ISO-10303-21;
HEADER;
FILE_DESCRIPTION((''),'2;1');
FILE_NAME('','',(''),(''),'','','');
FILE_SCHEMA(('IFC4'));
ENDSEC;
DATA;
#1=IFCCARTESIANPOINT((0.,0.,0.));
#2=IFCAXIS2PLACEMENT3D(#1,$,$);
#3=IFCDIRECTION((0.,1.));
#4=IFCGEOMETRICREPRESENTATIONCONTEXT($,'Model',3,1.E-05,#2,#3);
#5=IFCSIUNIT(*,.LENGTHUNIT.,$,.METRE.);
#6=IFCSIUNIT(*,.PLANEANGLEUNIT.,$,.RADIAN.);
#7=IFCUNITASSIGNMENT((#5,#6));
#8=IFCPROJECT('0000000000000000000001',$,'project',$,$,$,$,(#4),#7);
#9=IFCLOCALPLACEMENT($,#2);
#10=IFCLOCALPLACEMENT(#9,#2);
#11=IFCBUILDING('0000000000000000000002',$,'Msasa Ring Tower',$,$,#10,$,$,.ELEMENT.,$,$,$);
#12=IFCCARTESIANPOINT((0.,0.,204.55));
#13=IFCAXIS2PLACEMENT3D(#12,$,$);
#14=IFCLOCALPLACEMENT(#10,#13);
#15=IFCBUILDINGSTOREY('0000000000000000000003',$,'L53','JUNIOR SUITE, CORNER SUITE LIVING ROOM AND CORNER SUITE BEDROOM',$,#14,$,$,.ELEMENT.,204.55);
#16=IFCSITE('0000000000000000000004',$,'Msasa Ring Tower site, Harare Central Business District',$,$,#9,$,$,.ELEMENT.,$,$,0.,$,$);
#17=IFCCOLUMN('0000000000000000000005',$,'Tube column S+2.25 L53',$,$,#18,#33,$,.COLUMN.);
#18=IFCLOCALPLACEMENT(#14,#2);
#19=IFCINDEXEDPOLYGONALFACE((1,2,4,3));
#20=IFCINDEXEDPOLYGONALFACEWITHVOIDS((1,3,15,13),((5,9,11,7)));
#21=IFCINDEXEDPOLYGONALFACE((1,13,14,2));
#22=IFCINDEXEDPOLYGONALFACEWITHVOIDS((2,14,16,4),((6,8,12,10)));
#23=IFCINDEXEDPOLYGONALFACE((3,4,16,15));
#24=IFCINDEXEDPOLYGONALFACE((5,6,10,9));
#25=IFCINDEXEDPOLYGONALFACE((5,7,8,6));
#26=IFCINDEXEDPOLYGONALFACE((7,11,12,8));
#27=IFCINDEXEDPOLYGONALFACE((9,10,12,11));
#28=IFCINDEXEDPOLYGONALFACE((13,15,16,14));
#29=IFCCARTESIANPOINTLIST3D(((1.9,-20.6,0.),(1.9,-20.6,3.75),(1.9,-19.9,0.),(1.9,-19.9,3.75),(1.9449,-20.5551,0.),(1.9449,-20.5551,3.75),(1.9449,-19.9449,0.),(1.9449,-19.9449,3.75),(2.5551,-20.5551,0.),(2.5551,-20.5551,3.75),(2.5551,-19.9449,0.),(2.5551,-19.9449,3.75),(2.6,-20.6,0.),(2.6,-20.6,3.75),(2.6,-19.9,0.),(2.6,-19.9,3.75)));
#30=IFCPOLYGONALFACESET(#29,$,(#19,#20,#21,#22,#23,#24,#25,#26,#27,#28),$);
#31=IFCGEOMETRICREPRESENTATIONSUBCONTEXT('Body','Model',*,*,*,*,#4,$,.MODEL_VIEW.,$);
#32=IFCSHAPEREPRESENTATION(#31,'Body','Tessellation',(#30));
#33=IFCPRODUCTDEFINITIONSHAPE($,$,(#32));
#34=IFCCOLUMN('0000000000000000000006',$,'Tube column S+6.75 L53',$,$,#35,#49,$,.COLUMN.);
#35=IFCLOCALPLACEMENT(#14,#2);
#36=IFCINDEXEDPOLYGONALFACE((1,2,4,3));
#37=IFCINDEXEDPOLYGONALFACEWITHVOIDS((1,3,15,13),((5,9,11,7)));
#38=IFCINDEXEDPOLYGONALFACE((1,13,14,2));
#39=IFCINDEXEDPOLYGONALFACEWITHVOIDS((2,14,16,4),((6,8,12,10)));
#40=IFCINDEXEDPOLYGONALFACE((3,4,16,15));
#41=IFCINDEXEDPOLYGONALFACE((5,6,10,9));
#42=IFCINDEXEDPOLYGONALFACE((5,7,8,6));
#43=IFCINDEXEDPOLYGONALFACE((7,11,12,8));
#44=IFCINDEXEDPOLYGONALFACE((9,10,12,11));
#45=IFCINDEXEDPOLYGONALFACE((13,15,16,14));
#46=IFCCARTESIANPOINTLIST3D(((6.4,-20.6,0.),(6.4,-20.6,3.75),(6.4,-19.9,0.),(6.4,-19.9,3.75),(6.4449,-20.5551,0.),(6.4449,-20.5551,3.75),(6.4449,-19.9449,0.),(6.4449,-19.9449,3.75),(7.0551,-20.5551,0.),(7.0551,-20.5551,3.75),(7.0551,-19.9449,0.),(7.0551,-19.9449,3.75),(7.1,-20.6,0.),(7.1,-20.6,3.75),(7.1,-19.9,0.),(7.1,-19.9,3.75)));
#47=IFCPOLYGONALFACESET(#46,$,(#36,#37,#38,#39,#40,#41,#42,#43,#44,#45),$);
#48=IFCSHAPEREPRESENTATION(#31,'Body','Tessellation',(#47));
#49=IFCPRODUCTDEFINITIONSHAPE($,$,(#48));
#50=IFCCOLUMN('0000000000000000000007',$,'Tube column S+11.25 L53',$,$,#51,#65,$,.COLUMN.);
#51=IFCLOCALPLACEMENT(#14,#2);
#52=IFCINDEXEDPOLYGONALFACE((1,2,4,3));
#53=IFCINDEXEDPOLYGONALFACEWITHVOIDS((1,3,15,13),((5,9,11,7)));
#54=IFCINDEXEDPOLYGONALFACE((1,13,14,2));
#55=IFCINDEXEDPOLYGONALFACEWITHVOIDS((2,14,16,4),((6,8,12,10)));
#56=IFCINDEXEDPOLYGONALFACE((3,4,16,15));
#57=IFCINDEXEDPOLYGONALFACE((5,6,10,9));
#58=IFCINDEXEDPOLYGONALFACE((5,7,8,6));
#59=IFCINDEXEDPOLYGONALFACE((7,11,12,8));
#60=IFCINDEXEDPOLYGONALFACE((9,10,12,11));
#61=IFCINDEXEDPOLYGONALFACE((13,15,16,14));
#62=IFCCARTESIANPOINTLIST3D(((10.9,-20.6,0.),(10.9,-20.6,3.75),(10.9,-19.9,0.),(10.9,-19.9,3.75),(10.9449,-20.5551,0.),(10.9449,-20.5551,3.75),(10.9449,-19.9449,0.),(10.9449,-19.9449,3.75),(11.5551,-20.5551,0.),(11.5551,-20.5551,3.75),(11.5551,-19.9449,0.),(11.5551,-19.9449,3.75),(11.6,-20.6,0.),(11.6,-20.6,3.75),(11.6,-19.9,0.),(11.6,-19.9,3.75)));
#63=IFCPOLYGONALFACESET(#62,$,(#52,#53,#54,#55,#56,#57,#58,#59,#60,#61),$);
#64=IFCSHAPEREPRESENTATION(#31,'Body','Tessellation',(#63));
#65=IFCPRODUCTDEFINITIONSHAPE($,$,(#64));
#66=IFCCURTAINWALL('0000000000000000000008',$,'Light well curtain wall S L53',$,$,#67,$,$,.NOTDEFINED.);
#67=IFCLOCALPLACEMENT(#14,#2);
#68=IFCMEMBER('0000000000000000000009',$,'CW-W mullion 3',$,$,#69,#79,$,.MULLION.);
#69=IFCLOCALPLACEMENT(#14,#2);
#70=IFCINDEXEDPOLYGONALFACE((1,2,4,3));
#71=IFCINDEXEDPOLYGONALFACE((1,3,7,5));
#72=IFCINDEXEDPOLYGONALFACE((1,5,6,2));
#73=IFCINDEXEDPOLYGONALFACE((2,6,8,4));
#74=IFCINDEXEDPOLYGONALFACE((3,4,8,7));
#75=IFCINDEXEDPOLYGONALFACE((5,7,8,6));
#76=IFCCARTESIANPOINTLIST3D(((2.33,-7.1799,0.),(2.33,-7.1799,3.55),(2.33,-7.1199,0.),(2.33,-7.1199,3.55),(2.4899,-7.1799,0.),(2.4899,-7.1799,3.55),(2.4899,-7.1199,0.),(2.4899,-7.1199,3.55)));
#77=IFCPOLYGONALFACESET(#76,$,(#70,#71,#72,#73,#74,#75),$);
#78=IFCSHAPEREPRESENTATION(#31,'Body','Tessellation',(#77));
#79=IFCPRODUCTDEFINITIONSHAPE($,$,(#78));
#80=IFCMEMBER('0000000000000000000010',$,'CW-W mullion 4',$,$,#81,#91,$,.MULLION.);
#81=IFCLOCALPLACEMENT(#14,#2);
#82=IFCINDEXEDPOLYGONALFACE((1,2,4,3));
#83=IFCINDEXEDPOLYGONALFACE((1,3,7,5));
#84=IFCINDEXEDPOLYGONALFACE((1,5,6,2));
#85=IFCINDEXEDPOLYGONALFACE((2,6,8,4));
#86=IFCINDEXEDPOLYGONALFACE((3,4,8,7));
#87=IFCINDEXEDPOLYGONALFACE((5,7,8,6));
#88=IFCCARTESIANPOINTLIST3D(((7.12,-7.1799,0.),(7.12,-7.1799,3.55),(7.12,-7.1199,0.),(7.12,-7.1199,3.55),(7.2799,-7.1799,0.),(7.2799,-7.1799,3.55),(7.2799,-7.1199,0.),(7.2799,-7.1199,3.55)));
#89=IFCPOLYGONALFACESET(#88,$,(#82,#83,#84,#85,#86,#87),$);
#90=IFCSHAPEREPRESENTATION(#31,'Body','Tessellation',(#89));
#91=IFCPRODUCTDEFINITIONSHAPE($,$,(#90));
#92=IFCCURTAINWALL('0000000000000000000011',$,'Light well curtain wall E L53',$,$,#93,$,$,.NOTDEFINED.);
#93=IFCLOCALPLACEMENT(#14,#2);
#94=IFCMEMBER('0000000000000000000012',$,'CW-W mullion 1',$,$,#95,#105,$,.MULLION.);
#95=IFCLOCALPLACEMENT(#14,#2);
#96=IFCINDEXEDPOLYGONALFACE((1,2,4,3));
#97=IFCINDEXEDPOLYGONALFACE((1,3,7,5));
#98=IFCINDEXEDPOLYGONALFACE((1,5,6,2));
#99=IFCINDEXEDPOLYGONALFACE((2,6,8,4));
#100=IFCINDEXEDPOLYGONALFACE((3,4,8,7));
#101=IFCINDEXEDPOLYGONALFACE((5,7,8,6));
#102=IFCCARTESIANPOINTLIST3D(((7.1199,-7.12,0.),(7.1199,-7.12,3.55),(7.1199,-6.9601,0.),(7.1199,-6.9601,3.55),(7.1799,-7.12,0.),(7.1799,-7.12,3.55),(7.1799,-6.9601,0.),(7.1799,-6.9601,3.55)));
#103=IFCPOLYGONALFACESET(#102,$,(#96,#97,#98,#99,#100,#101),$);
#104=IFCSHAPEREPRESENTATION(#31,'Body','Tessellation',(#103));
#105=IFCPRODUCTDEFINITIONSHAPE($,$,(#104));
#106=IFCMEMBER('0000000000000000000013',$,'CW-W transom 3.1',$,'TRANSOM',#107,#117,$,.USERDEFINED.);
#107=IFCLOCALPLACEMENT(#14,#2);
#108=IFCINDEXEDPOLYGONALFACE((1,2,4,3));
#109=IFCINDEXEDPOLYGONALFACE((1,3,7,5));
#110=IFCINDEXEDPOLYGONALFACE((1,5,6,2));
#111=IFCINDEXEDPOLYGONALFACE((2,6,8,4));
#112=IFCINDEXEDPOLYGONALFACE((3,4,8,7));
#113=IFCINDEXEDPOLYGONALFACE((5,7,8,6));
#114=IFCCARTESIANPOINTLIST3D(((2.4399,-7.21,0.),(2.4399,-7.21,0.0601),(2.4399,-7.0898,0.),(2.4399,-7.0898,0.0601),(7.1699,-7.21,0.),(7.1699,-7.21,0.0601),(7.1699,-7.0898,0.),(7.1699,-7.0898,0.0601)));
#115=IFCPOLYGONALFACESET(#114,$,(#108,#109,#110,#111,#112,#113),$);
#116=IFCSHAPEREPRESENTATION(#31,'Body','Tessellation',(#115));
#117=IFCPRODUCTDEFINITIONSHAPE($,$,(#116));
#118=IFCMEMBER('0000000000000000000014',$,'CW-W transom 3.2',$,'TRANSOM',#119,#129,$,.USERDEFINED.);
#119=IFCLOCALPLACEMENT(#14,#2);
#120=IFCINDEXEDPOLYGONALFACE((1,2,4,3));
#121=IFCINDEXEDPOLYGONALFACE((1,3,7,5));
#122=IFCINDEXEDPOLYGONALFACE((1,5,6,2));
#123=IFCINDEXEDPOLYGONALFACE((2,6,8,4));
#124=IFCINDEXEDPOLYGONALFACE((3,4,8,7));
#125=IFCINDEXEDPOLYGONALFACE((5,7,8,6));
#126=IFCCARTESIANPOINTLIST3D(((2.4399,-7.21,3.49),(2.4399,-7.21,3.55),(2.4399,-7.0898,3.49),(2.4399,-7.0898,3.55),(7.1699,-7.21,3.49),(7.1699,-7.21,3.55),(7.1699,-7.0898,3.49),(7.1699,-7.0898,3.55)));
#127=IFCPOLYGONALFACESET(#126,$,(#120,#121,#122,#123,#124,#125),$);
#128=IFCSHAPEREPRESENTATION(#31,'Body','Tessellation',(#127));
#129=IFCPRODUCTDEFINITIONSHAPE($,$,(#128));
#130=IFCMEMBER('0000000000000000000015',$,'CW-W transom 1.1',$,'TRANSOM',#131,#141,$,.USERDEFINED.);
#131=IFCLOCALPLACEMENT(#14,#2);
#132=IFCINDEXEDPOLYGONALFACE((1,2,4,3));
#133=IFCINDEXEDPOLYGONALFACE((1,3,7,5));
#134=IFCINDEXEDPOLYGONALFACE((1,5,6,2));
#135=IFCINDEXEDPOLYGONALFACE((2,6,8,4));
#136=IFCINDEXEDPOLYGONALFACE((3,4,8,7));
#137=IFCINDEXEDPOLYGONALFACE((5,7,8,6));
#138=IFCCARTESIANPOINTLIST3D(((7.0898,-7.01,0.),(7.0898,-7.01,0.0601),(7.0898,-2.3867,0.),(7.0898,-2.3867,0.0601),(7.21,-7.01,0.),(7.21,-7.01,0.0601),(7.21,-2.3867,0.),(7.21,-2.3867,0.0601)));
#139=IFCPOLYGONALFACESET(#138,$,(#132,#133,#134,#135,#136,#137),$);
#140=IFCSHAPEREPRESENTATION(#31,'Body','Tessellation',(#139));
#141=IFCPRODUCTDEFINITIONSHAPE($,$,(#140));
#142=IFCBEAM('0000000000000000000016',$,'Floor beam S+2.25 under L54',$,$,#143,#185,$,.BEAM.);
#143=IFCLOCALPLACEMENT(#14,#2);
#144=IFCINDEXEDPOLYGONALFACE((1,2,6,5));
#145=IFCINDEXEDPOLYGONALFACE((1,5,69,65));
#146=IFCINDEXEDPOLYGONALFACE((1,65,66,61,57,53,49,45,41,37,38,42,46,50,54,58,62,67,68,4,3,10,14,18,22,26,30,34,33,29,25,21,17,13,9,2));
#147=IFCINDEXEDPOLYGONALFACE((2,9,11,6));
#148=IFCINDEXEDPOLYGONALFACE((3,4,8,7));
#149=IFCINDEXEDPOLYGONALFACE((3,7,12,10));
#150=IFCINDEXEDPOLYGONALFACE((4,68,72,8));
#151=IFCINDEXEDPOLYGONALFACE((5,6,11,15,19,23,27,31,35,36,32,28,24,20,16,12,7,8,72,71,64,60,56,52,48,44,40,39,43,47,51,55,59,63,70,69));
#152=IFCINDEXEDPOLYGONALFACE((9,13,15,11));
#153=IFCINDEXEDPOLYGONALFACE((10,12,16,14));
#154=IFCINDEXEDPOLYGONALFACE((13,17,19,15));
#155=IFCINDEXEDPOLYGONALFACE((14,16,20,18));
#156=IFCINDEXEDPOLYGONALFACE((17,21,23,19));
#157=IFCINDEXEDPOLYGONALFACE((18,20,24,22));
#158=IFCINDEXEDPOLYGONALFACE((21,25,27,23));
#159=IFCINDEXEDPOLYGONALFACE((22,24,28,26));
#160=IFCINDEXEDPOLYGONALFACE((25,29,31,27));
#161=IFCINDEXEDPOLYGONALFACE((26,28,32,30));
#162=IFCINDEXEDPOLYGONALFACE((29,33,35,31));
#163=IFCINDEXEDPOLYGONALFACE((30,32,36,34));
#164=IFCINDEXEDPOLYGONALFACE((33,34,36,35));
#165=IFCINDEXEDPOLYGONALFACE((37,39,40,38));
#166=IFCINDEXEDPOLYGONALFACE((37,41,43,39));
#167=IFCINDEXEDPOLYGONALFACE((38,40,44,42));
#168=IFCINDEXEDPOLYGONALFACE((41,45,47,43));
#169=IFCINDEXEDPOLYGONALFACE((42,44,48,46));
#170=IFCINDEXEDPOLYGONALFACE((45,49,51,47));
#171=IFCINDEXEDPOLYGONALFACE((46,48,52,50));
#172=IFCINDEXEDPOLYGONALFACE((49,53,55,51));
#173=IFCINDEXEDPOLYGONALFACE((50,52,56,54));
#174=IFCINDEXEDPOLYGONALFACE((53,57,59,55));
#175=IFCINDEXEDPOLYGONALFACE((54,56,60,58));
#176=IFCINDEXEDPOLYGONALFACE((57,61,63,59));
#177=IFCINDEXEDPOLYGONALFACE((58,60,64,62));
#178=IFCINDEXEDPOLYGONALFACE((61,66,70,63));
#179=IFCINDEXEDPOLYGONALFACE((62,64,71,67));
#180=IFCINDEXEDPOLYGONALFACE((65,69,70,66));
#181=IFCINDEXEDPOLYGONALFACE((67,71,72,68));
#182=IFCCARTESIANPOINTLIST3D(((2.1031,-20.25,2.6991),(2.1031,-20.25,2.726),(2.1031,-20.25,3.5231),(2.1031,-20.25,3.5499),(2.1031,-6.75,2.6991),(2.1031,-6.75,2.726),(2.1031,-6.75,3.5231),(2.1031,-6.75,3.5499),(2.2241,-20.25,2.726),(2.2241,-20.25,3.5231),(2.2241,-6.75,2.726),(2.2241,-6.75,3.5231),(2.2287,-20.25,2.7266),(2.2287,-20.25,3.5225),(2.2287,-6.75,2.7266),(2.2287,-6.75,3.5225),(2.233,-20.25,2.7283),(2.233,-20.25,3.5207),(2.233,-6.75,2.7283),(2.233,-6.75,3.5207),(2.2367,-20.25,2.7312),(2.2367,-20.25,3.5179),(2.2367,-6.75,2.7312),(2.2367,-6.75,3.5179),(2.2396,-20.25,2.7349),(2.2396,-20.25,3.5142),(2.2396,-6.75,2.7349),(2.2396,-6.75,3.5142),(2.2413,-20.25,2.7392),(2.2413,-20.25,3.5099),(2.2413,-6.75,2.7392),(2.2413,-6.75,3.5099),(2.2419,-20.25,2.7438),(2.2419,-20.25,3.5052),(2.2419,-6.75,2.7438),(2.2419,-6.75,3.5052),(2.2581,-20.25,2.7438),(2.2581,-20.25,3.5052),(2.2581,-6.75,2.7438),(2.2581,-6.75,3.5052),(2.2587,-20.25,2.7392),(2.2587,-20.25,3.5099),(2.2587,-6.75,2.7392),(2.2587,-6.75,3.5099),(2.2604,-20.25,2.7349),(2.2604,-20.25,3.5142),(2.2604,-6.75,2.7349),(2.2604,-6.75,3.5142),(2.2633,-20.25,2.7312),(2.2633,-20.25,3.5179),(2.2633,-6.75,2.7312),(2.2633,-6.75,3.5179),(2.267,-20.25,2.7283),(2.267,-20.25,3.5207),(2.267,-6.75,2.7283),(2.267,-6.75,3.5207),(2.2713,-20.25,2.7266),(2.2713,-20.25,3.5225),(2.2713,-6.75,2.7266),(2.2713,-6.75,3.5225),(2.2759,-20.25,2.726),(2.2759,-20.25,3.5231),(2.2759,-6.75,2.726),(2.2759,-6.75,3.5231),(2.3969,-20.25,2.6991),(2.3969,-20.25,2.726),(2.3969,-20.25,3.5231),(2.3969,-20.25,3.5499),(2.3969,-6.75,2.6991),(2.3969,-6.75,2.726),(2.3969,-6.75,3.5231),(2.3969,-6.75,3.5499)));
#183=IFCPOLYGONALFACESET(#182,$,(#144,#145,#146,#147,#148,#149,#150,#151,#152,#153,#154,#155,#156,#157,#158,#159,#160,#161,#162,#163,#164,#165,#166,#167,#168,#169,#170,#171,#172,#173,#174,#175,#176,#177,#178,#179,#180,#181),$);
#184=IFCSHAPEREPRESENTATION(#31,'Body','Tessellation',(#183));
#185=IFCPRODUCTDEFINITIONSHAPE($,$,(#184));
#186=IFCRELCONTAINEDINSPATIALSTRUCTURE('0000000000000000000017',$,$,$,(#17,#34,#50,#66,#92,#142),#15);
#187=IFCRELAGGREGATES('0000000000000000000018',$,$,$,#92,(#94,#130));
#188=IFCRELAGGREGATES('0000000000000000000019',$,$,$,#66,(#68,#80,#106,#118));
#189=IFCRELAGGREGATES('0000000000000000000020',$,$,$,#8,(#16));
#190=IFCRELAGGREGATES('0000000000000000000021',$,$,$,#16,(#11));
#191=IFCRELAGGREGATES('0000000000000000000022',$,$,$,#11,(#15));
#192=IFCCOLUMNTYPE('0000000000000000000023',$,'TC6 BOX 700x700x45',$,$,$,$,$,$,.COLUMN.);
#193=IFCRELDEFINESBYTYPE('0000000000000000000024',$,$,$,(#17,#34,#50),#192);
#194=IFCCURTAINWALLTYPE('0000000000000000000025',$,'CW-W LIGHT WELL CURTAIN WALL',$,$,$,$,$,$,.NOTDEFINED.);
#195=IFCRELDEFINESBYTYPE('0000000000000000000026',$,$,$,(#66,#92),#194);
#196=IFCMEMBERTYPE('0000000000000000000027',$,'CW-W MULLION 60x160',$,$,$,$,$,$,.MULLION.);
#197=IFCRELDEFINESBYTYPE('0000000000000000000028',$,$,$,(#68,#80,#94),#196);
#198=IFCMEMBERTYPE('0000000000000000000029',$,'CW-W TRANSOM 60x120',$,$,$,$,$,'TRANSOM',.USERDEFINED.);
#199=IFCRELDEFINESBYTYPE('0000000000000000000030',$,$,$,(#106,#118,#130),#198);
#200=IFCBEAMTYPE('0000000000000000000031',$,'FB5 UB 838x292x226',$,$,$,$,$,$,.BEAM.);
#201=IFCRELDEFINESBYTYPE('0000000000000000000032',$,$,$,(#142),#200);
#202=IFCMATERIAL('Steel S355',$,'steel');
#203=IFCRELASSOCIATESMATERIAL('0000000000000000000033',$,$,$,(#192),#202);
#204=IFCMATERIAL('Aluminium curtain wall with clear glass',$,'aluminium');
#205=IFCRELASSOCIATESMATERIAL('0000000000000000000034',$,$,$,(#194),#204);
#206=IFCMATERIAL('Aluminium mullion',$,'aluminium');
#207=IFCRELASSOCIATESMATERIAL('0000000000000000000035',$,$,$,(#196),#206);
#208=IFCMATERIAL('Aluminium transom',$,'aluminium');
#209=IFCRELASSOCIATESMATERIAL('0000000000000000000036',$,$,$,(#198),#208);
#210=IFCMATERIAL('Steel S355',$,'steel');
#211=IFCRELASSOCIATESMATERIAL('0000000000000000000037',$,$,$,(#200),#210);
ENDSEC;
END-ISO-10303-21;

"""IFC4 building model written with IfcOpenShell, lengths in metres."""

from ifc_helpers import new_model, si_unit, direction, frame, origin, origin_2d, place, context, subcontext, project, spatial, rectangle, hollow_rectangle, i_section, extrude, material, material_profile, profile_set, type_object, element, aggregate, save


model = new_model("IFC4")

# Units and contexts
model_context = context("Model", 3, precision=1e-05, world=origin(), true_north=direction((0.0, 1.0)))
body_context = subcontext(model_context, "Body", "Model", "MODEL_VIEW")
ifc_project = project(units=[si_unit("LENGTHUNIT", "METRE"), si_unit("PLANEANGLEUNIT", "RADIAN")], contexts=[model_context])

# Site, building, storey
site_placement = place(None, origin())
site = spatial("IfcSite", under=ifc_project, at=site_placement, Name="Msasa Ring Tower site, Harare Central Business District", CompositionType="ELEMENT", RefElevation=0.0)
building_placement = place(site_placement, origin())
building = spatial("IfcBuilding", under=site, at=building_placement, Name="Msasa Ring Tower", CompositionType="ELEMENT")
storey_placement = place(building_placement, frame((0.0, 0.0, 204.55)))
storey = spatial("IfcBuildingStorey", under=building, at=storey_placement, Name="L53", Description="JUNIOR SUITE, CORNER SUITE LIVING ROOM AND CORNER SUITE BEDROOM", CompositionType="ELEMENT", Elevation=204.55)

# Columns
ifc_material_1 = material(Name="Steel S355", Category="steel")
ifc_material_profile_1 = material_profile(ifc_material_1, hollow_rectangle(XDim=0.7, YDim=0.7, WallThickness=0.0449, at=origin_2d()), Name="BOX 700x700x45")
ifc_profile_set_1 = profile_set([ifc_material_profile_1], Name="Steel S355")
column_type = type_object("IfcColumnType", Name="TC6 BOX 700x700x45", PredefinedType="COLUMN", material=ifc_profile_set_1)
for number, where, z_axis, x_axis, name in (
    (1, (2.25, -20.25, 0.0), (0.0, 0.0, 1.0), (0.0, 1.0, 0.0), "Tube column S+2.25 L53"),
    (2, (6.75, -20.25, 0.0), (0.0, 0.0, 1.0), (0.0, 1.0, 0.0), "Tube column S+6.75 L53"),
    (3, (11.25, -20.25, 0.0), (0.0, 0.0, 1.0), (0.0, 1.0, 0.0), "Tube column S+11.25 L53"),
):
    element("IfcColumn", number, at=place(storey_placement, frame(where, z_axis=z_axis, x_axis=x_axis)), inside=storey, type_object=column_type, Name=name, PredefinedType="COLUMN", context=body_context, shape_type="SweptSolid", body=[
        extrude(hollow_rectangle(XDim=0.7, YDim=0.7, WallThickness=0.0449, at=origin_2d()), origin(), (0.0, 0.0, 1.0), 3.75),
    ])

# Curtain wall, members
ifc_material_2 = material(Name="Aluminium curtain wall with clear glass", Category="aluminium")
curtain_wall_type = type_object("IfcCurtainWallType", Name="CW-W LIGHT WELL CURTAIN WALL", PredefinedType="NOTDEFINED", material=ifc_material_2)
curtain_wall_1_placement = place(storey_placement, origin())
curtain_wall_1 = element("IfcCurtainWall", 4, at=curtain_wall_1_placement, inside=storey, type_object=curtain_wall_type, Name="Light well curtain wall S L53", PredefinedType="NOTDEFINED")
ifc_material_3 = material(Name="Aluminium mullion", Category="aluminium")
ifc_material_profile_2 = material_profile(ifc_material_3, rectangle(XDim=0.0601, YDim=0.1599, at=origin_2d()), Name="AL 60x160")
ifc_profile_set_2 = profile_set([ifc_material_profile_2], Name="Aluminium mullion")
member_type_1 = type_object("IfcMemberType", Name="CW-W MULLION 60x160", PredefinedType="MULLION", material=ifc_profile_set_2)
member_1_placement = place(storey_placement, frame((2.4099, -7.1499, 0.0), z_axis=(0.0, 0.0, 1.0), x_axis=(0.0, 1.0, 0.0)))
member_1 = element("IfcMember", 5, at=member_1_placement, type_object=member_type_1, Name="CW-W mullion 3", PredefinedType="MULLION", context=body_context, shape_type="SweptSolid", body=[
    extrude(rectangle(XDim=0.0601, YDim=0.1599, at=origin_2d()), origin(), (0.0, 0.0, 1.0), 3.55),
])
member_2_placement = place(storey_placement, frame((7.2, -7.1499, 0.0), z_axis=(0.0, 0.0, 1.0), x_axis=(0.0, 1.0, 0.0)))
member_2 = element("IfcMember", 6, at=member_2_placement, type_object=member_type_1, Name="CW-W mullion 4", PredefinedType="MULLION", context=body_context, shape_type="SweptSolid", body=[
    extrude(rectangle(XDim=0.0601, YDim=0.1599, at=origin_2d()), origin(), (0.0, 0.0, 1.0), 3.55),
])

# Curtain wall, member
curtain_wall_2_placement = place(storey_placement, origin())
curtain_wall_2 = element("IfcCurtainWall", 7, at=curtain_wall_2_placement, inside=storey, type_object=curtain_wall_type, Name="Light well curtain wall E L53", PredefinedType="NOTDEFINED")
member_3_placement = place(storey_placement, frame((7.1499, -7.04, 0.0), z_axis=(0.0, 0.0, 1.0), x_axis=(-1.0, 0.0, 0.0)))
member_3 = element("IfcMember", 8, at=member_3_placement, type_object=member_type_1, Name="CW-W mullion 1", PredefinedType="MULLION", context=body_context, shape_type="SweptSolid", body=[
    extrude(rectangle(XDim=0.0601, YDim=0.1599, at=origin_2d()), origin(), (0.0, 0.0, 1.0), 3.55),
])

# Members
ifc_material_4 = material(Name="Aluminium transom", Category="aluminium")
ifc_material_profile_3 = material_profile(ifc_material_4, rectangle(XDim=0.1201, YDim=0.0601, at=origin_2d()), Name="AL 60x120")
ifc_profile_set_3 = profile_set([ifc_material_profile_3], Name="Aluminium transom")
member_type_2 = type_object("IfcMemberType", Name="CW-W TRANSOM 60x120", ElementType="TRANSOM", PredefinedType="USERDEFINED", material=ifc_profile_set_3)
member_4_placement = place(storey_placement, frame((2.4399, -7.1499, 0.03), z_axis=(1.0, 0.0, 0.0), x_axis=(0.0, 1.0, 0.0)))
member_4 = element("IfcMember", 9, at=member_4_placement, type_object=member_type_2, Name="CW-W transom 3.1", ObjectType="TRANSOM", PredefinedType="USERDEFINED", context=body_context, shape_type="SweptSolid", body=[
    extrude(rectangle(XDim=0.1201, YDim=0.0601, at=origin_2d()), origin(), (0.0, 0.0, 1.0), 4.73),
])
member_5_placement = place(storey_placement, frame((2.4399, -7.1499, 3.52), z_axis=(1.0, 0.0, 0.0), x_axis=(0.0, 1.0, 0.0)))
member_5 = element("IfcMember", 10, at=member_5_placement, type_object=member_type_2, Name="CW-W transom 3.2", ObjectType="TRANSOM", PredefinedType="USERDEFINED", context=body_context, shape_type="SweptSolid", body=[
    extrude(rectangle(XDim=0.1201, YDim=0.0601, at=origin_2d()), origin(), (0.0, 0.0, 1.0), 4.73),
])
member_6_placement = place(storey_placement, frame((7.1499, -7.01, 0.03), z_axis=(0.0, 1.0, 0.0), x_axis=(-1.0, 0.0, 0.0)))
member_6 = element("IfcMember", 11, at=member_6_placement, type_object=member_type_2, Name="CW-W transom 1.1", ObjectType="TRANSOM", PredefinedType="USERDEFINED", context=body_context, shape_type="SweptSolid", body=[
    extrude(rectangle(XDim=0.1201, YDim=0.0601, at=origin_2d()), origin(), (0.0, 0.0, 1.0), 4.6233),
])
aggregate(curtain_wall_2, [member_3, member_6])

# Beam
ifc_material_5 = material(Name="Steel S355", Category="steel")
ifc_material_profile_4 = material_profile(ifc_material_5, i_section(OverallWidth=0.2937, OverallDepth=0.8508, WebThickness=0.0161, FlangeThickness=0.0269, FilletRadius=0.0178, at=origin_2d()), Name="UB 838x292x226")
ifc_profile_set_4 = profile_set([ifc_material_profile_4], Name="Steel S355")
beam_type_1 = type_object("IfcBeamType", Name="FB5 UB 838x292x226", PredefinedType="BEAM", material=ifc_profile_set_4)
for number, where, z_axis, x_axis, name in (
    (12, (2.25, -20.25, 3.1245), (0.0, 1.0, 0.0), (-1.0, 0.0, 0.0), "Floor beam S+2.25 under L54"),
):
    element("IfcBeam", number, at=place(storey_placement, frame(where, z_axis=z_axis, x_axis=x_axis)), inside=storey, type_object=beam_type_1, Name=name, PredefinedType="BEAM", context=body_context, shape_type="SweptSolid", body=[
        extrude(i_section(OverallWidth=0.2937, OverallDepth=0.8508, WebThickness=0.0161, FlangeThickness=0.0269, FilletRadius=0.0178, at=origin_2d()), origin(), (0.0, 0.0, 1.0), 13.5),
    ])

aggregate(curtain_wall_1, [member_1, member_2, member_4, member_5])

save(model, "model.ifc")
